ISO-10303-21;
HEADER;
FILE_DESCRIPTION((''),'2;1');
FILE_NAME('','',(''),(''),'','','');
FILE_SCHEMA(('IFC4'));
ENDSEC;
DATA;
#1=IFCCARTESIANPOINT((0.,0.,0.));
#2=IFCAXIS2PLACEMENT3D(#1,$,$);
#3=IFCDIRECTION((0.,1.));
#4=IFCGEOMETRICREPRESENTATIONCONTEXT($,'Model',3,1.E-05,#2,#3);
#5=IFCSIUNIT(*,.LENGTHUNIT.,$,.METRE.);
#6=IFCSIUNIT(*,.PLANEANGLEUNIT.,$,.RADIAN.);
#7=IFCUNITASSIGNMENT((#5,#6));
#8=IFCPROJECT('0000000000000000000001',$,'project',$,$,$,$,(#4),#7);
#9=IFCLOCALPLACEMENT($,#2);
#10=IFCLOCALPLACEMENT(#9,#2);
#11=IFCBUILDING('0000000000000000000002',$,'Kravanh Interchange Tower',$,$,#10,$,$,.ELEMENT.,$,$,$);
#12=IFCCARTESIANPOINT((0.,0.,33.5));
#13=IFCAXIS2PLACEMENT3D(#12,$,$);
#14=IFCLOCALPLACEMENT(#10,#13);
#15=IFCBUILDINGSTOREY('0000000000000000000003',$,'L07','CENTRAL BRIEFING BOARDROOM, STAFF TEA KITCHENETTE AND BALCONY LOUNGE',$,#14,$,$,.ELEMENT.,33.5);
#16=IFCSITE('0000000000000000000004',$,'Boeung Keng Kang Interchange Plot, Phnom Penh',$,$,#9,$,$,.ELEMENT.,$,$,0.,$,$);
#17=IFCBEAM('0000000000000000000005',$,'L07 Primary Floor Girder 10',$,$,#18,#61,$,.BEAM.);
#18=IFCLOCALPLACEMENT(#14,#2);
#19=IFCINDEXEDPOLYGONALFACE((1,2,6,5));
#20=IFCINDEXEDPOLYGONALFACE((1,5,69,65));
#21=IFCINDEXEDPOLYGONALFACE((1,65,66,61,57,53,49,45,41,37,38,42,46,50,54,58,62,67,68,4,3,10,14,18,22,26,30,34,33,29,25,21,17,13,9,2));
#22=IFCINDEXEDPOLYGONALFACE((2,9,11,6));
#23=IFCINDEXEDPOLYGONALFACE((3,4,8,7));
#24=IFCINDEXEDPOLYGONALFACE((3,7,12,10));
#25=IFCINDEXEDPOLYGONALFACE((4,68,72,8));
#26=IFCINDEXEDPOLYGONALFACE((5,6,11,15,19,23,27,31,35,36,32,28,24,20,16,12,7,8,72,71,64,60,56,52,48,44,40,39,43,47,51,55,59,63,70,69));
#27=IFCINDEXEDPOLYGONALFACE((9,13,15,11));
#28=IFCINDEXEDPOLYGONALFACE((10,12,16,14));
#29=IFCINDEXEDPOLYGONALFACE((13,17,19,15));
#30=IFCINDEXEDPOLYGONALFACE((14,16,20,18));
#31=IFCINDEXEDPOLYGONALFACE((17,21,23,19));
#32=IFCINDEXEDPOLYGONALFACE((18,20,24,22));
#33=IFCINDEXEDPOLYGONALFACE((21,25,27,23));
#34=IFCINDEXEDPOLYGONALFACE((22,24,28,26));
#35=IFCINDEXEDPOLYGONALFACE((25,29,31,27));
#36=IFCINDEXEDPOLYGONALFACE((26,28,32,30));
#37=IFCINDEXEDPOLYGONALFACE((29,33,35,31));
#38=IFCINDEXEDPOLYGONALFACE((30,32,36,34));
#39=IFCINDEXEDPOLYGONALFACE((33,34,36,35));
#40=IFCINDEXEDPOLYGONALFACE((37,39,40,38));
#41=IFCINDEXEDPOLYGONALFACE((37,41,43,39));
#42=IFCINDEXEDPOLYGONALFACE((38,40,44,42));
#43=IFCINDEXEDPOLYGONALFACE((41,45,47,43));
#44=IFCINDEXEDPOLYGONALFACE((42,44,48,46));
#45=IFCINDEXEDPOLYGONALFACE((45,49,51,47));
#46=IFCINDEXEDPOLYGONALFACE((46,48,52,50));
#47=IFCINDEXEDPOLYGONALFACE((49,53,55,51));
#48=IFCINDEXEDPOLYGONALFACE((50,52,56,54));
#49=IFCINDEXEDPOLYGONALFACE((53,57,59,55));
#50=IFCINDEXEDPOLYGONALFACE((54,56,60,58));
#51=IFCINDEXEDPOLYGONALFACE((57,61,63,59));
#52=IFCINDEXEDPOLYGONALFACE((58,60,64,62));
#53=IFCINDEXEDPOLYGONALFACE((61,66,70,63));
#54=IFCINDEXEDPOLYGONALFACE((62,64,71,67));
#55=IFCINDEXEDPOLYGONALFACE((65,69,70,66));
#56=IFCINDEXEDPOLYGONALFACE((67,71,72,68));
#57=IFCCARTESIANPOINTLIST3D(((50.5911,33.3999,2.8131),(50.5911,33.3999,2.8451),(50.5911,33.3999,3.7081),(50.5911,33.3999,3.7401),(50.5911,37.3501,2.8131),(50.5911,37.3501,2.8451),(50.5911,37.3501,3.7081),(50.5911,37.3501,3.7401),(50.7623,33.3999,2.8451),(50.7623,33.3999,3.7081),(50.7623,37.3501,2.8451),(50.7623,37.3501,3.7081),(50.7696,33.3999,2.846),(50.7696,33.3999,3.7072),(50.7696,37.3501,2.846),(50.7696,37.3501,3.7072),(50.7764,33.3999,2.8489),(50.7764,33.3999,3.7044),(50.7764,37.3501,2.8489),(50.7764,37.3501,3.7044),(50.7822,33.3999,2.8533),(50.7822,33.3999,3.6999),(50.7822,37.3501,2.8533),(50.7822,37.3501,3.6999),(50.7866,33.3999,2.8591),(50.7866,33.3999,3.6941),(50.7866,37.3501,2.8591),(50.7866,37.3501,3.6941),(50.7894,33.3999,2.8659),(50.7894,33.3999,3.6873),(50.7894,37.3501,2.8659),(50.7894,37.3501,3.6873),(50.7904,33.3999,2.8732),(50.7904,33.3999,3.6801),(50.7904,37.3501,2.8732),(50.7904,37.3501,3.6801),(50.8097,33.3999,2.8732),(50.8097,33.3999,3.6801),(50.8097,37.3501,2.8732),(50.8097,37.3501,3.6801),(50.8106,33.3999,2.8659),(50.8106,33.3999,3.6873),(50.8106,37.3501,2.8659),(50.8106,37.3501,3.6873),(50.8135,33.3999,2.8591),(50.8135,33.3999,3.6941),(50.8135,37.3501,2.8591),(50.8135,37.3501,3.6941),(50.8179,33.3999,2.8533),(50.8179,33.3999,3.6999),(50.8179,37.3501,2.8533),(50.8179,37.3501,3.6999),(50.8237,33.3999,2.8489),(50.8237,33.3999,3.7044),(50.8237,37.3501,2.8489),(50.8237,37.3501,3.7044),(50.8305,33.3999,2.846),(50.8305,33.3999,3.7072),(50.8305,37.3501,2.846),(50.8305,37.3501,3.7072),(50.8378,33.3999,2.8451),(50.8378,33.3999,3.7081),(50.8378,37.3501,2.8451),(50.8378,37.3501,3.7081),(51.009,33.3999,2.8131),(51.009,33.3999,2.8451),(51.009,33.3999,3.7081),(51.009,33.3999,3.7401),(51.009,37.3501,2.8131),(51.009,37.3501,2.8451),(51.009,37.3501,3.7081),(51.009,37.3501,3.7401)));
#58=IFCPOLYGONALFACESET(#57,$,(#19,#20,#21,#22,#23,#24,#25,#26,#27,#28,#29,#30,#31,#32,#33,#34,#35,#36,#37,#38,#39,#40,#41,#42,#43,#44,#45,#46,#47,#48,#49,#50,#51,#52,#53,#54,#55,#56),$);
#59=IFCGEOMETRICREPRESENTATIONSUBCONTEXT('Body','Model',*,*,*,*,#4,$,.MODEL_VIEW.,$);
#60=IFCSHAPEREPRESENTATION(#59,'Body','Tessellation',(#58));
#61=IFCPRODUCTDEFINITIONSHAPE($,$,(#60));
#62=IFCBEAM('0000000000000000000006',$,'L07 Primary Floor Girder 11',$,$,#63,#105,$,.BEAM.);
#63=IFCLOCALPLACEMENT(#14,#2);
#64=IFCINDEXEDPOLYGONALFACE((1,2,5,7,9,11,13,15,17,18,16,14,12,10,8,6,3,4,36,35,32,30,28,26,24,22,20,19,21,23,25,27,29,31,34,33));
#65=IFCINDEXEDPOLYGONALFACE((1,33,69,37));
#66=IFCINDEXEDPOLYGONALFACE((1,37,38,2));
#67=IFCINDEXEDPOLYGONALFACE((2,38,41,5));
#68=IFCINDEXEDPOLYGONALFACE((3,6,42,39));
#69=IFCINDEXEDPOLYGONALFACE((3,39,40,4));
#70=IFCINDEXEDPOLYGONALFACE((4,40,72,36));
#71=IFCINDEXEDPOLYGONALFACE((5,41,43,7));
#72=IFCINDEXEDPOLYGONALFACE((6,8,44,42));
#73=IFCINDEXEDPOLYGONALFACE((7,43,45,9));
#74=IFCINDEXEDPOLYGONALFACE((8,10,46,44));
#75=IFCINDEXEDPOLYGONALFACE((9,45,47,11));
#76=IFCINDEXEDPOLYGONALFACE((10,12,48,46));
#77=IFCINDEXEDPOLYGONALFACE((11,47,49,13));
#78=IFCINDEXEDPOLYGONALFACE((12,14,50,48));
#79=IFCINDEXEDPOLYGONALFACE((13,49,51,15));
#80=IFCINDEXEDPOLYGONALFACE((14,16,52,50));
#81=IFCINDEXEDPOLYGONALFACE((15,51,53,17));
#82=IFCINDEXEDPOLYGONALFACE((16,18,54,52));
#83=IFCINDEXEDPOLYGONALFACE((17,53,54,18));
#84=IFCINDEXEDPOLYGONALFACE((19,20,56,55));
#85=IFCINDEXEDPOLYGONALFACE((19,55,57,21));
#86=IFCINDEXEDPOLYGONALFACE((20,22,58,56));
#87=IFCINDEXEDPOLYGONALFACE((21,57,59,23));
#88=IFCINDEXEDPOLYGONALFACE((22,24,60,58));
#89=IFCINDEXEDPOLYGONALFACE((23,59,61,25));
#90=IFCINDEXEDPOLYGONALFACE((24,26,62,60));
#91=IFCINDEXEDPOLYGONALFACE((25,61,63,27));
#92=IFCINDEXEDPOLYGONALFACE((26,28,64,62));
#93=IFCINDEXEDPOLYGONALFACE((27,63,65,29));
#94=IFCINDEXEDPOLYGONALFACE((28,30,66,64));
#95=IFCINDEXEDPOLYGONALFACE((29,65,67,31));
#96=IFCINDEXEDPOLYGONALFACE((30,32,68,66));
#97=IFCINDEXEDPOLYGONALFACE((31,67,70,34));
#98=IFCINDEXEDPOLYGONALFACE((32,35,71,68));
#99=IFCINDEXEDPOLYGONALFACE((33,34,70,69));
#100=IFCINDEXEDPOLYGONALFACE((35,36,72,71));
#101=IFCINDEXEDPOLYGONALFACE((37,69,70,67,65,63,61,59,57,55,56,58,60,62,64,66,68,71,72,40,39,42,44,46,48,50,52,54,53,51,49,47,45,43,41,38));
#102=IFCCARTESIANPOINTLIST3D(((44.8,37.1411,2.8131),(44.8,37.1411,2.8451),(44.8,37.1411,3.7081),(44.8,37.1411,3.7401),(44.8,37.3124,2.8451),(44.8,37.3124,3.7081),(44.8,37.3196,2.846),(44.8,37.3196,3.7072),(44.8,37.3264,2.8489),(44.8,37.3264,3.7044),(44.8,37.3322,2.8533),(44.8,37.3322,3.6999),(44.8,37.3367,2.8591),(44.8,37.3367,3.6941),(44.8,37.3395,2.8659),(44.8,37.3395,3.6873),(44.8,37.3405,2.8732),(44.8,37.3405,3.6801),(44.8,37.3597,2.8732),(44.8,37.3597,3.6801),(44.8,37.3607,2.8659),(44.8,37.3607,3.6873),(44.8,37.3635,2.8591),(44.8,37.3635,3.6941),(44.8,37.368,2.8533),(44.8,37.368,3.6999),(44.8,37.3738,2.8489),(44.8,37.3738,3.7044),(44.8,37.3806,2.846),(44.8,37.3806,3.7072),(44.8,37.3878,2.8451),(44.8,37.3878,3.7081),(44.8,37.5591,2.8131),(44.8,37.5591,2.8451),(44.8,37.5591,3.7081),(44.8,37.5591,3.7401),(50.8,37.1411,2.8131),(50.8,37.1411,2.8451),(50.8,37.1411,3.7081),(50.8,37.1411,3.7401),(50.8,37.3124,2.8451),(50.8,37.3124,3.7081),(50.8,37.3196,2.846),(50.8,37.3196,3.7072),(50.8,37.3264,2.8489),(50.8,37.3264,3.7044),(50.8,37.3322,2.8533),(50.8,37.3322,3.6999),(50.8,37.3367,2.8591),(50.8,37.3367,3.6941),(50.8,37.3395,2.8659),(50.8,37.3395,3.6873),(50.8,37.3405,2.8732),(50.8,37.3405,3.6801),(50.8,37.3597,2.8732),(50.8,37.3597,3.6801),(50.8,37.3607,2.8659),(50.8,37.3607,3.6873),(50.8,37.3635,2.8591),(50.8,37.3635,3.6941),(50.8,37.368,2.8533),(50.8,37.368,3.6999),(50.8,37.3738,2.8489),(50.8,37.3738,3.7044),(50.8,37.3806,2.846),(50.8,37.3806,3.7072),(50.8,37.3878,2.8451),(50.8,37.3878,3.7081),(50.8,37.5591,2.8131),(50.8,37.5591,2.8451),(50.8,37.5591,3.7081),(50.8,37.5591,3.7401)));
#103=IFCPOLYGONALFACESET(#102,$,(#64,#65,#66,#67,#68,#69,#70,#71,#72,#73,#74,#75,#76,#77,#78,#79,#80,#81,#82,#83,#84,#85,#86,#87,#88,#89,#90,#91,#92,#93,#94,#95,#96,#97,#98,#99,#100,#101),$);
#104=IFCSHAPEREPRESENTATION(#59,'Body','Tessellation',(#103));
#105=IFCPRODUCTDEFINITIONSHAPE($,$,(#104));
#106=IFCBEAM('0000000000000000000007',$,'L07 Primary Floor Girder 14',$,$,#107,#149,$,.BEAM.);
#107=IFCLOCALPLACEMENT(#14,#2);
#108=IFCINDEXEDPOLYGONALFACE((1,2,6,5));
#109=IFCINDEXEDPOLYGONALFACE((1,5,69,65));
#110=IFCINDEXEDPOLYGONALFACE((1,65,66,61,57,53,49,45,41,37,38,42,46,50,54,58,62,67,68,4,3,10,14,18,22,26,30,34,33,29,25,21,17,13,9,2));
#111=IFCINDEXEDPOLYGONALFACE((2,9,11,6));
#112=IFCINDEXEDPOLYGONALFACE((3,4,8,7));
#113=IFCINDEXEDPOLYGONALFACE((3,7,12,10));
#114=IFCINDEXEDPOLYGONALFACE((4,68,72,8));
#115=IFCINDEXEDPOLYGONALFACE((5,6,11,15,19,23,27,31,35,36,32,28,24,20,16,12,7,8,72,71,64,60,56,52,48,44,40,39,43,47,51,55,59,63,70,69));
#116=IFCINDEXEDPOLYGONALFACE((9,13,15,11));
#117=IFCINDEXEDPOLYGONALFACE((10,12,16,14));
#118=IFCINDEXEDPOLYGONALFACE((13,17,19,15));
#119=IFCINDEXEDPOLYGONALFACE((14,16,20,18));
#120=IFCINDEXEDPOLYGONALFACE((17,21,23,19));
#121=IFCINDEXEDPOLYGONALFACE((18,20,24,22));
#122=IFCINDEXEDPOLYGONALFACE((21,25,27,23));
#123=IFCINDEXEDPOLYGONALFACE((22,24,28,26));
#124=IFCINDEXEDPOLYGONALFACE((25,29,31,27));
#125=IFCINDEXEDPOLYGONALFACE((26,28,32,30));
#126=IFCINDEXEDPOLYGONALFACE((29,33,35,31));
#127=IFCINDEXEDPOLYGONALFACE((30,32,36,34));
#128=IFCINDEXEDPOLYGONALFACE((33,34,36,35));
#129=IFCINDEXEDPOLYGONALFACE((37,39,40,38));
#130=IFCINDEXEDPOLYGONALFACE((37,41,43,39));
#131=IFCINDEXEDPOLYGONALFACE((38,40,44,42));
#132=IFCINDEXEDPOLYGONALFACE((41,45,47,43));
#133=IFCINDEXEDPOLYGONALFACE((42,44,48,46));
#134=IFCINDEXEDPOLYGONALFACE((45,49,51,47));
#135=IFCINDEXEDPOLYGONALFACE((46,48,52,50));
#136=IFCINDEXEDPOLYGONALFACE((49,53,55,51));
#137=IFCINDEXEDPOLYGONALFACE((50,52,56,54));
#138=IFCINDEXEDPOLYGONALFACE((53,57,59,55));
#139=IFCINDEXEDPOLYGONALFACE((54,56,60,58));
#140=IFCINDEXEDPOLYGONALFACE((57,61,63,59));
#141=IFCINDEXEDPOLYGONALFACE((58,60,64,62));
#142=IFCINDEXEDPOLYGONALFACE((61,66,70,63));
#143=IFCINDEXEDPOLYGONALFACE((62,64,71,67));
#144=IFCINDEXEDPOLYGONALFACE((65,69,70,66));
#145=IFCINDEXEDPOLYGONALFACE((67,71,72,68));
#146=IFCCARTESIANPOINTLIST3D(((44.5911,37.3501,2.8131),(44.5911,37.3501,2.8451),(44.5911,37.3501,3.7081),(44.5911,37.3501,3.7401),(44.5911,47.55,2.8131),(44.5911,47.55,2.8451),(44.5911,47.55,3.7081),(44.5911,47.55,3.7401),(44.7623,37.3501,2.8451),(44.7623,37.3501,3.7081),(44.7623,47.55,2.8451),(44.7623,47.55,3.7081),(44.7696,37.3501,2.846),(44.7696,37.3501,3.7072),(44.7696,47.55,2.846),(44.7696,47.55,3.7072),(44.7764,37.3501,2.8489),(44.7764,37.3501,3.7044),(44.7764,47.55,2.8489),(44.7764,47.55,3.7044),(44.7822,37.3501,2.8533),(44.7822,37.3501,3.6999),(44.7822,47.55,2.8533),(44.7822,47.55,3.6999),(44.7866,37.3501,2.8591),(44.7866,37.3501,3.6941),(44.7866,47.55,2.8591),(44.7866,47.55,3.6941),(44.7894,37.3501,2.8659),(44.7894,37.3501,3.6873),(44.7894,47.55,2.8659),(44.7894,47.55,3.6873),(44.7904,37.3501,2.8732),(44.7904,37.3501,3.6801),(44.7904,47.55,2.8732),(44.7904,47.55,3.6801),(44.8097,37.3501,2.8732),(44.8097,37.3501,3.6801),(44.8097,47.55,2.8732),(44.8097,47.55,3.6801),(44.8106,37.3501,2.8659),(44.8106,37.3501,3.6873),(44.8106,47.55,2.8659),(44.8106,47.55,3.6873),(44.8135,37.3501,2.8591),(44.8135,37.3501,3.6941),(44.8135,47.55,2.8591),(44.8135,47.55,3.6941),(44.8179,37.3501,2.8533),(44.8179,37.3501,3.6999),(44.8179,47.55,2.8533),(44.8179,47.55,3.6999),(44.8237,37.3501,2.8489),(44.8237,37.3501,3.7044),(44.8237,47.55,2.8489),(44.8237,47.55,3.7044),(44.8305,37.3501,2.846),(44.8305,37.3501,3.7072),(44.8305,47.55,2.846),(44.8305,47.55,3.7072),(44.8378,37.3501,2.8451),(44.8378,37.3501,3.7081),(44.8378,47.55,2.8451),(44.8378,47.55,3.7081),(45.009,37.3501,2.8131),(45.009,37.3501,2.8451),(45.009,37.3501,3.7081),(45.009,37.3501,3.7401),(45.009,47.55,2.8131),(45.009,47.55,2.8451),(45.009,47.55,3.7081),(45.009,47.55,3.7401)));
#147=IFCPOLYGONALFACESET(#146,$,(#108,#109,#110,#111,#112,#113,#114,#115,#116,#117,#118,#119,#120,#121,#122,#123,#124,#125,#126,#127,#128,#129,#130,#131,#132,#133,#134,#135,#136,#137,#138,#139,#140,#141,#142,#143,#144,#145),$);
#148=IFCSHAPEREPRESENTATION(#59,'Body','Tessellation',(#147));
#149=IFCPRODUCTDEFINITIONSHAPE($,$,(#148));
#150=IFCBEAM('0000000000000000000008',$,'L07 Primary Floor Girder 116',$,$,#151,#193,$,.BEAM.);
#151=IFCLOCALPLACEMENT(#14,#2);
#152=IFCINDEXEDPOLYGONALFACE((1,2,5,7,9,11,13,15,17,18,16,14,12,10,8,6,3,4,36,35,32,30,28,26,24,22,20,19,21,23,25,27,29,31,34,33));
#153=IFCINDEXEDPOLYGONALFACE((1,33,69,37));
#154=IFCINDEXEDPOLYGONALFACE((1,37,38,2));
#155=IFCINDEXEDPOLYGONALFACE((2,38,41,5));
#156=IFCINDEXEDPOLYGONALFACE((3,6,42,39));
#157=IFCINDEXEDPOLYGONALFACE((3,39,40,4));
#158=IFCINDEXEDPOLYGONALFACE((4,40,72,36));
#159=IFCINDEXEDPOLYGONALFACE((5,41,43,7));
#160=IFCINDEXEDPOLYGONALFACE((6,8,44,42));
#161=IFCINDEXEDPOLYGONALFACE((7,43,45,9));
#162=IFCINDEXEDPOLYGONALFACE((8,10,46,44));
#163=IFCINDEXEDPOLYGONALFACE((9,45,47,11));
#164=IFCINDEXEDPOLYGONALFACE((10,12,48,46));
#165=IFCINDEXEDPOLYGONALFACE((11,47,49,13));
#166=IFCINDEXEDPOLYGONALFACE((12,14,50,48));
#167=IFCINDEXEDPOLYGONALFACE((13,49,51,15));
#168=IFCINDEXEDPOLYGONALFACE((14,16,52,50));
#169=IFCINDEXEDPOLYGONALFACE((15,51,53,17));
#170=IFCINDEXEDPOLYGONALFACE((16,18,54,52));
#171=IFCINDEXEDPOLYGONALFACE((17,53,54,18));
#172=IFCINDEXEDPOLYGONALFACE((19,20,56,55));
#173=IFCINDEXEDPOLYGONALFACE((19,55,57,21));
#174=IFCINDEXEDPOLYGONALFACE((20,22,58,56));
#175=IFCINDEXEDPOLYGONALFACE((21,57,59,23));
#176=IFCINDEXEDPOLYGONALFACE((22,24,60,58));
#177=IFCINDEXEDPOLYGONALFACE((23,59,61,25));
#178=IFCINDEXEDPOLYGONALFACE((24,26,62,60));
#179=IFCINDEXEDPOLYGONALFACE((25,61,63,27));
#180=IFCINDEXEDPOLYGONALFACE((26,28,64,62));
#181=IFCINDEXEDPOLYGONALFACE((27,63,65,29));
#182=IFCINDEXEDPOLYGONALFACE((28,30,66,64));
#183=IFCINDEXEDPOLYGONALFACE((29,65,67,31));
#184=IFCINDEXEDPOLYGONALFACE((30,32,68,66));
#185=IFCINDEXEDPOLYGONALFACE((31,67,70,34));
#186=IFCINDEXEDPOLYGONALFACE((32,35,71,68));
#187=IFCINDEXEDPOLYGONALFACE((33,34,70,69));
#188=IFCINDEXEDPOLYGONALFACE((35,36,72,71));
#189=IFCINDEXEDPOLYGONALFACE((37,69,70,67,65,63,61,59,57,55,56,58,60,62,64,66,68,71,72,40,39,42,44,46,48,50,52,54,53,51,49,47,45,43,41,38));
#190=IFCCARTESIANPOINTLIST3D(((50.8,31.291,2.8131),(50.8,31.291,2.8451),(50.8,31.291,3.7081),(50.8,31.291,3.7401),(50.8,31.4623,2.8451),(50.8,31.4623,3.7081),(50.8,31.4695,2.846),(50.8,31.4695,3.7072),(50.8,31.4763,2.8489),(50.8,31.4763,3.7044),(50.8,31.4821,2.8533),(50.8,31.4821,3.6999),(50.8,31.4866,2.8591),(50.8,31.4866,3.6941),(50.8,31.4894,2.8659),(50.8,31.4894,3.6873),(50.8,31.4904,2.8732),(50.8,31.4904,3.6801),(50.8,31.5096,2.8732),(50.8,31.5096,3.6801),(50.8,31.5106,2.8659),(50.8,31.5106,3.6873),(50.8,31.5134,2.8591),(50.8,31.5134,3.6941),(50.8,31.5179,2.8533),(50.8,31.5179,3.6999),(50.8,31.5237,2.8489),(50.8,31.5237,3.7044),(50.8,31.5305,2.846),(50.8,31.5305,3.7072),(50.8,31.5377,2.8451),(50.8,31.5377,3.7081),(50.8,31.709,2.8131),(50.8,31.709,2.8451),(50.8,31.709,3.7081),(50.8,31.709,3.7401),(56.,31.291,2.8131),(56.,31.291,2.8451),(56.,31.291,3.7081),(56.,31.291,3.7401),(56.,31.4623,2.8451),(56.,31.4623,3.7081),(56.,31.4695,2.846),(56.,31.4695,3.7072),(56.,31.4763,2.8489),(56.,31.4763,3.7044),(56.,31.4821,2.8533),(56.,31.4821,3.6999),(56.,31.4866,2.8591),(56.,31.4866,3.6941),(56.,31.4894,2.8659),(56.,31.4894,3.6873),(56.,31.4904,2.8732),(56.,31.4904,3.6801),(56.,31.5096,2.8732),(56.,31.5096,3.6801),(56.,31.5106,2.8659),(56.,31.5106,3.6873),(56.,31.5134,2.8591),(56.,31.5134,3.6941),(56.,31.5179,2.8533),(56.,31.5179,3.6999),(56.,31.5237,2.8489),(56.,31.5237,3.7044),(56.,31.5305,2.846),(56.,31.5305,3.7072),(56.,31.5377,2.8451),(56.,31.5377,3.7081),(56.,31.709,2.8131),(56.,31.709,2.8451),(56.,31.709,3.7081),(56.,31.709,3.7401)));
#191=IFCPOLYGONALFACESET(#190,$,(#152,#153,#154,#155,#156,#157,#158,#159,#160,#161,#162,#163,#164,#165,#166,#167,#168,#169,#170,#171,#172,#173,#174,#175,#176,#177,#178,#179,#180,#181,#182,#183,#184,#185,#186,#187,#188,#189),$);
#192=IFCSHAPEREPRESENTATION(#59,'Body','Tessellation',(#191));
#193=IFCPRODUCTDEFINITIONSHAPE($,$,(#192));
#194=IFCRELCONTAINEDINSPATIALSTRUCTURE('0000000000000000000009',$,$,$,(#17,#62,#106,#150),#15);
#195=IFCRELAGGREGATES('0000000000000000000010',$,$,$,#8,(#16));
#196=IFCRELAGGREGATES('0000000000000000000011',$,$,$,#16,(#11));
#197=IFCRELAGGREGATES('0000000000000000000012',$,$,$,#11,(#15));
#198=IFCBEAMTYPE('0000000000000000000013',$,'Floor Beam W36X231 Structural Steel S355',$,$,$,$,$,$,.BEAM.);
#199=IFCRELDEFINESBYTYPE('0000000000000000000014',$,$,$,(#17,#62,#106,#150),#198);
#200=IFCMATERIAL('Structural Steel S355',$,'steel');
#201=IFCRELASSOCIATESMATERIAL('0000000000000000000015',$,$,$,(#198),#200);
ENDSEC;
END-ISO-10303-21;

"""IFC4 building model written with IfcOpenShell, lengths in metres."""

from ifc_helpers import new_model, si_unit, direction, frame, origin, origin_2d, place, context, subcontext, project, spatial, i_section, extrude, material, material_profile, profile_set, type_object, element, save


model = new_model("IFC4")

# Units and contexts
model_context = context("Model", 3, precision=1e-05, world=origin(), true_north=direction((0.0, 1.0)))
body_context = subcontext(model_context, "Body", "Model", "MODEL_VIEW")
ifc_project = project(units=[si_unit("LENGTHUNIT", "METRE"), si_unit("PLANEANGLEUNIT", "RADIAN")], contexts=[model_context])

# Site, building, storey
site_placement = place(None, origin())
site = spatial("IfcSite", under=ifc_project, at=site_placement, Name="Boeung Keng Kang Interchange Plot, Phnom Penh", CompositionType="ELEMENT", RefElevation=0.0)
building_placement = place(site_placement, origin())
building = spatial("IfcBuilding", under=site, at=building_placement, Name="Kravanh Interchange Tower", CompositionType="ELEMENT")
storey_placement = place(building_placement, frame((0.0, 0.0, 33.5)))
storey = spatial("IfcBuildingStorey", under=building, at=storey_placement, Name="L07", Description="CENTRAL BRIEFING BOARDROOM, STAFF TEA KITCHENETTE AND BALCONY LOUNGE", CompositionType="ELEMENT", Elevation=33.5)

# Beams
ifc_material_1 = material(Name="Structural Steel S355", Category="steel")
ifc_material_profile_1 = material_profile(ifc_material_1, i_section(OverallWidth=0.418, OverallDepth=0.927, WebThickness=0.0193, FlangeThickness=0.032, FilletRadius=0.0281, at=origin_2d()), Name="W36X231")
ifc_profile_set_1 = profile_set([ifc_material_profile_1], Name="Structural Steel S355")
beam_type_1 = type_object("IfcBeamType", Name="Floor Beam W36X231 Structural Steel S355", PredefinedType="BEAM", material=ifc_profile_set_1)
beam_1_placement = place(storey_placement, frame((50.8, 37.3501, 3.2766), z_axis=(0.0, -1.0, 0.0), x_axis=(1.0, 0.0, 0.0)))
element("IfcBeam", 1, at=beam_1_placement, inside=storey, type_object=beam_type_1, Name="L07 Primary Floor Girder 10", PredefinedType="BEAM", context=body_context, shape_type="SweptSolid", body=[
    extrude(i_section(OverallWidth=0.418, OverallDepth=0.927, WebThickness=0.0193, FlangeThickness=0.032, FilletRadius=0.0281, at=origin_2d()), origin(), (0.0, 0.0, 1.0), 3.9502),
])
beam_2_placement = place(storey_placement, frame((50.8, 37.3501, 3.2766), z_axis=(-1.0, 0.0, 0.0), x_axis=(0.0, -1.0, 0.0)))
element("IfcBeam", 2, at=beam_2_placement, inside=storey, type_object=beam_type_1, Name="L07 Primary Floor Girder 11", PredefinedType="BEAM", context=body_context, shape_type="SweptSolid", body=[
    extrude(i_section(OverallWidth=0.418, OverallDepth=0.927, WebThickness=0.0193, FlangeThickness=0.032, FilletRadius=0.0281, at=origin_2d()), origin(), (0.0, 0.0, 1.0), 6.0),
])
beam_3_placement = place(storey_placement, frame((44.8, 37.3501, 3.2766), z_axis=(0.0, 1.0, 0.0), x_axis=(-1.0, 0.0, 0.0)))
element("IfcBeam", 3, at=beam_3_placement, inside=storey, type_object=beam_type_1, Name="L07 Primary Floor Girder 14", PredefinedType="BEAM", context=body_context, shape_type="SweptSolid", body=[
    extrude(i_section(OverallWidth=0.418, OverallDepth=0.927, WebThickness=0.0193, FlangeThickness=0.032, FilletRadius=0.0281, at=origin_2d()), origin(), (0.0, 0.0, 1.0), 10.2),
])
beam_4_placement = place(storey_placement, frame((50.8, 31.5, 3.2766), z_axis=(1.0, 0.0, 0.0), x_axis=(0.0, 1.0, 0.0)))
element("IfcBeam", 4, at=beam_4_placement, inside=storey, type_object=beam_type_1, Name="L07 Primary Floor Girder 116", PredefinedType="BEAM", context=body_context, shape_type="SweptSolid", body=[
    extrude(i_section(OverallWidth=0.418, OverallDepth=0.927, WebThickness=0.0193, FlangeThickness=0.032, FilletRadius=0.0281, at=origin_2d()), origin(), (0.0, 0.0, 1.0), 5.2),
])

save(model, "model.ifc")
